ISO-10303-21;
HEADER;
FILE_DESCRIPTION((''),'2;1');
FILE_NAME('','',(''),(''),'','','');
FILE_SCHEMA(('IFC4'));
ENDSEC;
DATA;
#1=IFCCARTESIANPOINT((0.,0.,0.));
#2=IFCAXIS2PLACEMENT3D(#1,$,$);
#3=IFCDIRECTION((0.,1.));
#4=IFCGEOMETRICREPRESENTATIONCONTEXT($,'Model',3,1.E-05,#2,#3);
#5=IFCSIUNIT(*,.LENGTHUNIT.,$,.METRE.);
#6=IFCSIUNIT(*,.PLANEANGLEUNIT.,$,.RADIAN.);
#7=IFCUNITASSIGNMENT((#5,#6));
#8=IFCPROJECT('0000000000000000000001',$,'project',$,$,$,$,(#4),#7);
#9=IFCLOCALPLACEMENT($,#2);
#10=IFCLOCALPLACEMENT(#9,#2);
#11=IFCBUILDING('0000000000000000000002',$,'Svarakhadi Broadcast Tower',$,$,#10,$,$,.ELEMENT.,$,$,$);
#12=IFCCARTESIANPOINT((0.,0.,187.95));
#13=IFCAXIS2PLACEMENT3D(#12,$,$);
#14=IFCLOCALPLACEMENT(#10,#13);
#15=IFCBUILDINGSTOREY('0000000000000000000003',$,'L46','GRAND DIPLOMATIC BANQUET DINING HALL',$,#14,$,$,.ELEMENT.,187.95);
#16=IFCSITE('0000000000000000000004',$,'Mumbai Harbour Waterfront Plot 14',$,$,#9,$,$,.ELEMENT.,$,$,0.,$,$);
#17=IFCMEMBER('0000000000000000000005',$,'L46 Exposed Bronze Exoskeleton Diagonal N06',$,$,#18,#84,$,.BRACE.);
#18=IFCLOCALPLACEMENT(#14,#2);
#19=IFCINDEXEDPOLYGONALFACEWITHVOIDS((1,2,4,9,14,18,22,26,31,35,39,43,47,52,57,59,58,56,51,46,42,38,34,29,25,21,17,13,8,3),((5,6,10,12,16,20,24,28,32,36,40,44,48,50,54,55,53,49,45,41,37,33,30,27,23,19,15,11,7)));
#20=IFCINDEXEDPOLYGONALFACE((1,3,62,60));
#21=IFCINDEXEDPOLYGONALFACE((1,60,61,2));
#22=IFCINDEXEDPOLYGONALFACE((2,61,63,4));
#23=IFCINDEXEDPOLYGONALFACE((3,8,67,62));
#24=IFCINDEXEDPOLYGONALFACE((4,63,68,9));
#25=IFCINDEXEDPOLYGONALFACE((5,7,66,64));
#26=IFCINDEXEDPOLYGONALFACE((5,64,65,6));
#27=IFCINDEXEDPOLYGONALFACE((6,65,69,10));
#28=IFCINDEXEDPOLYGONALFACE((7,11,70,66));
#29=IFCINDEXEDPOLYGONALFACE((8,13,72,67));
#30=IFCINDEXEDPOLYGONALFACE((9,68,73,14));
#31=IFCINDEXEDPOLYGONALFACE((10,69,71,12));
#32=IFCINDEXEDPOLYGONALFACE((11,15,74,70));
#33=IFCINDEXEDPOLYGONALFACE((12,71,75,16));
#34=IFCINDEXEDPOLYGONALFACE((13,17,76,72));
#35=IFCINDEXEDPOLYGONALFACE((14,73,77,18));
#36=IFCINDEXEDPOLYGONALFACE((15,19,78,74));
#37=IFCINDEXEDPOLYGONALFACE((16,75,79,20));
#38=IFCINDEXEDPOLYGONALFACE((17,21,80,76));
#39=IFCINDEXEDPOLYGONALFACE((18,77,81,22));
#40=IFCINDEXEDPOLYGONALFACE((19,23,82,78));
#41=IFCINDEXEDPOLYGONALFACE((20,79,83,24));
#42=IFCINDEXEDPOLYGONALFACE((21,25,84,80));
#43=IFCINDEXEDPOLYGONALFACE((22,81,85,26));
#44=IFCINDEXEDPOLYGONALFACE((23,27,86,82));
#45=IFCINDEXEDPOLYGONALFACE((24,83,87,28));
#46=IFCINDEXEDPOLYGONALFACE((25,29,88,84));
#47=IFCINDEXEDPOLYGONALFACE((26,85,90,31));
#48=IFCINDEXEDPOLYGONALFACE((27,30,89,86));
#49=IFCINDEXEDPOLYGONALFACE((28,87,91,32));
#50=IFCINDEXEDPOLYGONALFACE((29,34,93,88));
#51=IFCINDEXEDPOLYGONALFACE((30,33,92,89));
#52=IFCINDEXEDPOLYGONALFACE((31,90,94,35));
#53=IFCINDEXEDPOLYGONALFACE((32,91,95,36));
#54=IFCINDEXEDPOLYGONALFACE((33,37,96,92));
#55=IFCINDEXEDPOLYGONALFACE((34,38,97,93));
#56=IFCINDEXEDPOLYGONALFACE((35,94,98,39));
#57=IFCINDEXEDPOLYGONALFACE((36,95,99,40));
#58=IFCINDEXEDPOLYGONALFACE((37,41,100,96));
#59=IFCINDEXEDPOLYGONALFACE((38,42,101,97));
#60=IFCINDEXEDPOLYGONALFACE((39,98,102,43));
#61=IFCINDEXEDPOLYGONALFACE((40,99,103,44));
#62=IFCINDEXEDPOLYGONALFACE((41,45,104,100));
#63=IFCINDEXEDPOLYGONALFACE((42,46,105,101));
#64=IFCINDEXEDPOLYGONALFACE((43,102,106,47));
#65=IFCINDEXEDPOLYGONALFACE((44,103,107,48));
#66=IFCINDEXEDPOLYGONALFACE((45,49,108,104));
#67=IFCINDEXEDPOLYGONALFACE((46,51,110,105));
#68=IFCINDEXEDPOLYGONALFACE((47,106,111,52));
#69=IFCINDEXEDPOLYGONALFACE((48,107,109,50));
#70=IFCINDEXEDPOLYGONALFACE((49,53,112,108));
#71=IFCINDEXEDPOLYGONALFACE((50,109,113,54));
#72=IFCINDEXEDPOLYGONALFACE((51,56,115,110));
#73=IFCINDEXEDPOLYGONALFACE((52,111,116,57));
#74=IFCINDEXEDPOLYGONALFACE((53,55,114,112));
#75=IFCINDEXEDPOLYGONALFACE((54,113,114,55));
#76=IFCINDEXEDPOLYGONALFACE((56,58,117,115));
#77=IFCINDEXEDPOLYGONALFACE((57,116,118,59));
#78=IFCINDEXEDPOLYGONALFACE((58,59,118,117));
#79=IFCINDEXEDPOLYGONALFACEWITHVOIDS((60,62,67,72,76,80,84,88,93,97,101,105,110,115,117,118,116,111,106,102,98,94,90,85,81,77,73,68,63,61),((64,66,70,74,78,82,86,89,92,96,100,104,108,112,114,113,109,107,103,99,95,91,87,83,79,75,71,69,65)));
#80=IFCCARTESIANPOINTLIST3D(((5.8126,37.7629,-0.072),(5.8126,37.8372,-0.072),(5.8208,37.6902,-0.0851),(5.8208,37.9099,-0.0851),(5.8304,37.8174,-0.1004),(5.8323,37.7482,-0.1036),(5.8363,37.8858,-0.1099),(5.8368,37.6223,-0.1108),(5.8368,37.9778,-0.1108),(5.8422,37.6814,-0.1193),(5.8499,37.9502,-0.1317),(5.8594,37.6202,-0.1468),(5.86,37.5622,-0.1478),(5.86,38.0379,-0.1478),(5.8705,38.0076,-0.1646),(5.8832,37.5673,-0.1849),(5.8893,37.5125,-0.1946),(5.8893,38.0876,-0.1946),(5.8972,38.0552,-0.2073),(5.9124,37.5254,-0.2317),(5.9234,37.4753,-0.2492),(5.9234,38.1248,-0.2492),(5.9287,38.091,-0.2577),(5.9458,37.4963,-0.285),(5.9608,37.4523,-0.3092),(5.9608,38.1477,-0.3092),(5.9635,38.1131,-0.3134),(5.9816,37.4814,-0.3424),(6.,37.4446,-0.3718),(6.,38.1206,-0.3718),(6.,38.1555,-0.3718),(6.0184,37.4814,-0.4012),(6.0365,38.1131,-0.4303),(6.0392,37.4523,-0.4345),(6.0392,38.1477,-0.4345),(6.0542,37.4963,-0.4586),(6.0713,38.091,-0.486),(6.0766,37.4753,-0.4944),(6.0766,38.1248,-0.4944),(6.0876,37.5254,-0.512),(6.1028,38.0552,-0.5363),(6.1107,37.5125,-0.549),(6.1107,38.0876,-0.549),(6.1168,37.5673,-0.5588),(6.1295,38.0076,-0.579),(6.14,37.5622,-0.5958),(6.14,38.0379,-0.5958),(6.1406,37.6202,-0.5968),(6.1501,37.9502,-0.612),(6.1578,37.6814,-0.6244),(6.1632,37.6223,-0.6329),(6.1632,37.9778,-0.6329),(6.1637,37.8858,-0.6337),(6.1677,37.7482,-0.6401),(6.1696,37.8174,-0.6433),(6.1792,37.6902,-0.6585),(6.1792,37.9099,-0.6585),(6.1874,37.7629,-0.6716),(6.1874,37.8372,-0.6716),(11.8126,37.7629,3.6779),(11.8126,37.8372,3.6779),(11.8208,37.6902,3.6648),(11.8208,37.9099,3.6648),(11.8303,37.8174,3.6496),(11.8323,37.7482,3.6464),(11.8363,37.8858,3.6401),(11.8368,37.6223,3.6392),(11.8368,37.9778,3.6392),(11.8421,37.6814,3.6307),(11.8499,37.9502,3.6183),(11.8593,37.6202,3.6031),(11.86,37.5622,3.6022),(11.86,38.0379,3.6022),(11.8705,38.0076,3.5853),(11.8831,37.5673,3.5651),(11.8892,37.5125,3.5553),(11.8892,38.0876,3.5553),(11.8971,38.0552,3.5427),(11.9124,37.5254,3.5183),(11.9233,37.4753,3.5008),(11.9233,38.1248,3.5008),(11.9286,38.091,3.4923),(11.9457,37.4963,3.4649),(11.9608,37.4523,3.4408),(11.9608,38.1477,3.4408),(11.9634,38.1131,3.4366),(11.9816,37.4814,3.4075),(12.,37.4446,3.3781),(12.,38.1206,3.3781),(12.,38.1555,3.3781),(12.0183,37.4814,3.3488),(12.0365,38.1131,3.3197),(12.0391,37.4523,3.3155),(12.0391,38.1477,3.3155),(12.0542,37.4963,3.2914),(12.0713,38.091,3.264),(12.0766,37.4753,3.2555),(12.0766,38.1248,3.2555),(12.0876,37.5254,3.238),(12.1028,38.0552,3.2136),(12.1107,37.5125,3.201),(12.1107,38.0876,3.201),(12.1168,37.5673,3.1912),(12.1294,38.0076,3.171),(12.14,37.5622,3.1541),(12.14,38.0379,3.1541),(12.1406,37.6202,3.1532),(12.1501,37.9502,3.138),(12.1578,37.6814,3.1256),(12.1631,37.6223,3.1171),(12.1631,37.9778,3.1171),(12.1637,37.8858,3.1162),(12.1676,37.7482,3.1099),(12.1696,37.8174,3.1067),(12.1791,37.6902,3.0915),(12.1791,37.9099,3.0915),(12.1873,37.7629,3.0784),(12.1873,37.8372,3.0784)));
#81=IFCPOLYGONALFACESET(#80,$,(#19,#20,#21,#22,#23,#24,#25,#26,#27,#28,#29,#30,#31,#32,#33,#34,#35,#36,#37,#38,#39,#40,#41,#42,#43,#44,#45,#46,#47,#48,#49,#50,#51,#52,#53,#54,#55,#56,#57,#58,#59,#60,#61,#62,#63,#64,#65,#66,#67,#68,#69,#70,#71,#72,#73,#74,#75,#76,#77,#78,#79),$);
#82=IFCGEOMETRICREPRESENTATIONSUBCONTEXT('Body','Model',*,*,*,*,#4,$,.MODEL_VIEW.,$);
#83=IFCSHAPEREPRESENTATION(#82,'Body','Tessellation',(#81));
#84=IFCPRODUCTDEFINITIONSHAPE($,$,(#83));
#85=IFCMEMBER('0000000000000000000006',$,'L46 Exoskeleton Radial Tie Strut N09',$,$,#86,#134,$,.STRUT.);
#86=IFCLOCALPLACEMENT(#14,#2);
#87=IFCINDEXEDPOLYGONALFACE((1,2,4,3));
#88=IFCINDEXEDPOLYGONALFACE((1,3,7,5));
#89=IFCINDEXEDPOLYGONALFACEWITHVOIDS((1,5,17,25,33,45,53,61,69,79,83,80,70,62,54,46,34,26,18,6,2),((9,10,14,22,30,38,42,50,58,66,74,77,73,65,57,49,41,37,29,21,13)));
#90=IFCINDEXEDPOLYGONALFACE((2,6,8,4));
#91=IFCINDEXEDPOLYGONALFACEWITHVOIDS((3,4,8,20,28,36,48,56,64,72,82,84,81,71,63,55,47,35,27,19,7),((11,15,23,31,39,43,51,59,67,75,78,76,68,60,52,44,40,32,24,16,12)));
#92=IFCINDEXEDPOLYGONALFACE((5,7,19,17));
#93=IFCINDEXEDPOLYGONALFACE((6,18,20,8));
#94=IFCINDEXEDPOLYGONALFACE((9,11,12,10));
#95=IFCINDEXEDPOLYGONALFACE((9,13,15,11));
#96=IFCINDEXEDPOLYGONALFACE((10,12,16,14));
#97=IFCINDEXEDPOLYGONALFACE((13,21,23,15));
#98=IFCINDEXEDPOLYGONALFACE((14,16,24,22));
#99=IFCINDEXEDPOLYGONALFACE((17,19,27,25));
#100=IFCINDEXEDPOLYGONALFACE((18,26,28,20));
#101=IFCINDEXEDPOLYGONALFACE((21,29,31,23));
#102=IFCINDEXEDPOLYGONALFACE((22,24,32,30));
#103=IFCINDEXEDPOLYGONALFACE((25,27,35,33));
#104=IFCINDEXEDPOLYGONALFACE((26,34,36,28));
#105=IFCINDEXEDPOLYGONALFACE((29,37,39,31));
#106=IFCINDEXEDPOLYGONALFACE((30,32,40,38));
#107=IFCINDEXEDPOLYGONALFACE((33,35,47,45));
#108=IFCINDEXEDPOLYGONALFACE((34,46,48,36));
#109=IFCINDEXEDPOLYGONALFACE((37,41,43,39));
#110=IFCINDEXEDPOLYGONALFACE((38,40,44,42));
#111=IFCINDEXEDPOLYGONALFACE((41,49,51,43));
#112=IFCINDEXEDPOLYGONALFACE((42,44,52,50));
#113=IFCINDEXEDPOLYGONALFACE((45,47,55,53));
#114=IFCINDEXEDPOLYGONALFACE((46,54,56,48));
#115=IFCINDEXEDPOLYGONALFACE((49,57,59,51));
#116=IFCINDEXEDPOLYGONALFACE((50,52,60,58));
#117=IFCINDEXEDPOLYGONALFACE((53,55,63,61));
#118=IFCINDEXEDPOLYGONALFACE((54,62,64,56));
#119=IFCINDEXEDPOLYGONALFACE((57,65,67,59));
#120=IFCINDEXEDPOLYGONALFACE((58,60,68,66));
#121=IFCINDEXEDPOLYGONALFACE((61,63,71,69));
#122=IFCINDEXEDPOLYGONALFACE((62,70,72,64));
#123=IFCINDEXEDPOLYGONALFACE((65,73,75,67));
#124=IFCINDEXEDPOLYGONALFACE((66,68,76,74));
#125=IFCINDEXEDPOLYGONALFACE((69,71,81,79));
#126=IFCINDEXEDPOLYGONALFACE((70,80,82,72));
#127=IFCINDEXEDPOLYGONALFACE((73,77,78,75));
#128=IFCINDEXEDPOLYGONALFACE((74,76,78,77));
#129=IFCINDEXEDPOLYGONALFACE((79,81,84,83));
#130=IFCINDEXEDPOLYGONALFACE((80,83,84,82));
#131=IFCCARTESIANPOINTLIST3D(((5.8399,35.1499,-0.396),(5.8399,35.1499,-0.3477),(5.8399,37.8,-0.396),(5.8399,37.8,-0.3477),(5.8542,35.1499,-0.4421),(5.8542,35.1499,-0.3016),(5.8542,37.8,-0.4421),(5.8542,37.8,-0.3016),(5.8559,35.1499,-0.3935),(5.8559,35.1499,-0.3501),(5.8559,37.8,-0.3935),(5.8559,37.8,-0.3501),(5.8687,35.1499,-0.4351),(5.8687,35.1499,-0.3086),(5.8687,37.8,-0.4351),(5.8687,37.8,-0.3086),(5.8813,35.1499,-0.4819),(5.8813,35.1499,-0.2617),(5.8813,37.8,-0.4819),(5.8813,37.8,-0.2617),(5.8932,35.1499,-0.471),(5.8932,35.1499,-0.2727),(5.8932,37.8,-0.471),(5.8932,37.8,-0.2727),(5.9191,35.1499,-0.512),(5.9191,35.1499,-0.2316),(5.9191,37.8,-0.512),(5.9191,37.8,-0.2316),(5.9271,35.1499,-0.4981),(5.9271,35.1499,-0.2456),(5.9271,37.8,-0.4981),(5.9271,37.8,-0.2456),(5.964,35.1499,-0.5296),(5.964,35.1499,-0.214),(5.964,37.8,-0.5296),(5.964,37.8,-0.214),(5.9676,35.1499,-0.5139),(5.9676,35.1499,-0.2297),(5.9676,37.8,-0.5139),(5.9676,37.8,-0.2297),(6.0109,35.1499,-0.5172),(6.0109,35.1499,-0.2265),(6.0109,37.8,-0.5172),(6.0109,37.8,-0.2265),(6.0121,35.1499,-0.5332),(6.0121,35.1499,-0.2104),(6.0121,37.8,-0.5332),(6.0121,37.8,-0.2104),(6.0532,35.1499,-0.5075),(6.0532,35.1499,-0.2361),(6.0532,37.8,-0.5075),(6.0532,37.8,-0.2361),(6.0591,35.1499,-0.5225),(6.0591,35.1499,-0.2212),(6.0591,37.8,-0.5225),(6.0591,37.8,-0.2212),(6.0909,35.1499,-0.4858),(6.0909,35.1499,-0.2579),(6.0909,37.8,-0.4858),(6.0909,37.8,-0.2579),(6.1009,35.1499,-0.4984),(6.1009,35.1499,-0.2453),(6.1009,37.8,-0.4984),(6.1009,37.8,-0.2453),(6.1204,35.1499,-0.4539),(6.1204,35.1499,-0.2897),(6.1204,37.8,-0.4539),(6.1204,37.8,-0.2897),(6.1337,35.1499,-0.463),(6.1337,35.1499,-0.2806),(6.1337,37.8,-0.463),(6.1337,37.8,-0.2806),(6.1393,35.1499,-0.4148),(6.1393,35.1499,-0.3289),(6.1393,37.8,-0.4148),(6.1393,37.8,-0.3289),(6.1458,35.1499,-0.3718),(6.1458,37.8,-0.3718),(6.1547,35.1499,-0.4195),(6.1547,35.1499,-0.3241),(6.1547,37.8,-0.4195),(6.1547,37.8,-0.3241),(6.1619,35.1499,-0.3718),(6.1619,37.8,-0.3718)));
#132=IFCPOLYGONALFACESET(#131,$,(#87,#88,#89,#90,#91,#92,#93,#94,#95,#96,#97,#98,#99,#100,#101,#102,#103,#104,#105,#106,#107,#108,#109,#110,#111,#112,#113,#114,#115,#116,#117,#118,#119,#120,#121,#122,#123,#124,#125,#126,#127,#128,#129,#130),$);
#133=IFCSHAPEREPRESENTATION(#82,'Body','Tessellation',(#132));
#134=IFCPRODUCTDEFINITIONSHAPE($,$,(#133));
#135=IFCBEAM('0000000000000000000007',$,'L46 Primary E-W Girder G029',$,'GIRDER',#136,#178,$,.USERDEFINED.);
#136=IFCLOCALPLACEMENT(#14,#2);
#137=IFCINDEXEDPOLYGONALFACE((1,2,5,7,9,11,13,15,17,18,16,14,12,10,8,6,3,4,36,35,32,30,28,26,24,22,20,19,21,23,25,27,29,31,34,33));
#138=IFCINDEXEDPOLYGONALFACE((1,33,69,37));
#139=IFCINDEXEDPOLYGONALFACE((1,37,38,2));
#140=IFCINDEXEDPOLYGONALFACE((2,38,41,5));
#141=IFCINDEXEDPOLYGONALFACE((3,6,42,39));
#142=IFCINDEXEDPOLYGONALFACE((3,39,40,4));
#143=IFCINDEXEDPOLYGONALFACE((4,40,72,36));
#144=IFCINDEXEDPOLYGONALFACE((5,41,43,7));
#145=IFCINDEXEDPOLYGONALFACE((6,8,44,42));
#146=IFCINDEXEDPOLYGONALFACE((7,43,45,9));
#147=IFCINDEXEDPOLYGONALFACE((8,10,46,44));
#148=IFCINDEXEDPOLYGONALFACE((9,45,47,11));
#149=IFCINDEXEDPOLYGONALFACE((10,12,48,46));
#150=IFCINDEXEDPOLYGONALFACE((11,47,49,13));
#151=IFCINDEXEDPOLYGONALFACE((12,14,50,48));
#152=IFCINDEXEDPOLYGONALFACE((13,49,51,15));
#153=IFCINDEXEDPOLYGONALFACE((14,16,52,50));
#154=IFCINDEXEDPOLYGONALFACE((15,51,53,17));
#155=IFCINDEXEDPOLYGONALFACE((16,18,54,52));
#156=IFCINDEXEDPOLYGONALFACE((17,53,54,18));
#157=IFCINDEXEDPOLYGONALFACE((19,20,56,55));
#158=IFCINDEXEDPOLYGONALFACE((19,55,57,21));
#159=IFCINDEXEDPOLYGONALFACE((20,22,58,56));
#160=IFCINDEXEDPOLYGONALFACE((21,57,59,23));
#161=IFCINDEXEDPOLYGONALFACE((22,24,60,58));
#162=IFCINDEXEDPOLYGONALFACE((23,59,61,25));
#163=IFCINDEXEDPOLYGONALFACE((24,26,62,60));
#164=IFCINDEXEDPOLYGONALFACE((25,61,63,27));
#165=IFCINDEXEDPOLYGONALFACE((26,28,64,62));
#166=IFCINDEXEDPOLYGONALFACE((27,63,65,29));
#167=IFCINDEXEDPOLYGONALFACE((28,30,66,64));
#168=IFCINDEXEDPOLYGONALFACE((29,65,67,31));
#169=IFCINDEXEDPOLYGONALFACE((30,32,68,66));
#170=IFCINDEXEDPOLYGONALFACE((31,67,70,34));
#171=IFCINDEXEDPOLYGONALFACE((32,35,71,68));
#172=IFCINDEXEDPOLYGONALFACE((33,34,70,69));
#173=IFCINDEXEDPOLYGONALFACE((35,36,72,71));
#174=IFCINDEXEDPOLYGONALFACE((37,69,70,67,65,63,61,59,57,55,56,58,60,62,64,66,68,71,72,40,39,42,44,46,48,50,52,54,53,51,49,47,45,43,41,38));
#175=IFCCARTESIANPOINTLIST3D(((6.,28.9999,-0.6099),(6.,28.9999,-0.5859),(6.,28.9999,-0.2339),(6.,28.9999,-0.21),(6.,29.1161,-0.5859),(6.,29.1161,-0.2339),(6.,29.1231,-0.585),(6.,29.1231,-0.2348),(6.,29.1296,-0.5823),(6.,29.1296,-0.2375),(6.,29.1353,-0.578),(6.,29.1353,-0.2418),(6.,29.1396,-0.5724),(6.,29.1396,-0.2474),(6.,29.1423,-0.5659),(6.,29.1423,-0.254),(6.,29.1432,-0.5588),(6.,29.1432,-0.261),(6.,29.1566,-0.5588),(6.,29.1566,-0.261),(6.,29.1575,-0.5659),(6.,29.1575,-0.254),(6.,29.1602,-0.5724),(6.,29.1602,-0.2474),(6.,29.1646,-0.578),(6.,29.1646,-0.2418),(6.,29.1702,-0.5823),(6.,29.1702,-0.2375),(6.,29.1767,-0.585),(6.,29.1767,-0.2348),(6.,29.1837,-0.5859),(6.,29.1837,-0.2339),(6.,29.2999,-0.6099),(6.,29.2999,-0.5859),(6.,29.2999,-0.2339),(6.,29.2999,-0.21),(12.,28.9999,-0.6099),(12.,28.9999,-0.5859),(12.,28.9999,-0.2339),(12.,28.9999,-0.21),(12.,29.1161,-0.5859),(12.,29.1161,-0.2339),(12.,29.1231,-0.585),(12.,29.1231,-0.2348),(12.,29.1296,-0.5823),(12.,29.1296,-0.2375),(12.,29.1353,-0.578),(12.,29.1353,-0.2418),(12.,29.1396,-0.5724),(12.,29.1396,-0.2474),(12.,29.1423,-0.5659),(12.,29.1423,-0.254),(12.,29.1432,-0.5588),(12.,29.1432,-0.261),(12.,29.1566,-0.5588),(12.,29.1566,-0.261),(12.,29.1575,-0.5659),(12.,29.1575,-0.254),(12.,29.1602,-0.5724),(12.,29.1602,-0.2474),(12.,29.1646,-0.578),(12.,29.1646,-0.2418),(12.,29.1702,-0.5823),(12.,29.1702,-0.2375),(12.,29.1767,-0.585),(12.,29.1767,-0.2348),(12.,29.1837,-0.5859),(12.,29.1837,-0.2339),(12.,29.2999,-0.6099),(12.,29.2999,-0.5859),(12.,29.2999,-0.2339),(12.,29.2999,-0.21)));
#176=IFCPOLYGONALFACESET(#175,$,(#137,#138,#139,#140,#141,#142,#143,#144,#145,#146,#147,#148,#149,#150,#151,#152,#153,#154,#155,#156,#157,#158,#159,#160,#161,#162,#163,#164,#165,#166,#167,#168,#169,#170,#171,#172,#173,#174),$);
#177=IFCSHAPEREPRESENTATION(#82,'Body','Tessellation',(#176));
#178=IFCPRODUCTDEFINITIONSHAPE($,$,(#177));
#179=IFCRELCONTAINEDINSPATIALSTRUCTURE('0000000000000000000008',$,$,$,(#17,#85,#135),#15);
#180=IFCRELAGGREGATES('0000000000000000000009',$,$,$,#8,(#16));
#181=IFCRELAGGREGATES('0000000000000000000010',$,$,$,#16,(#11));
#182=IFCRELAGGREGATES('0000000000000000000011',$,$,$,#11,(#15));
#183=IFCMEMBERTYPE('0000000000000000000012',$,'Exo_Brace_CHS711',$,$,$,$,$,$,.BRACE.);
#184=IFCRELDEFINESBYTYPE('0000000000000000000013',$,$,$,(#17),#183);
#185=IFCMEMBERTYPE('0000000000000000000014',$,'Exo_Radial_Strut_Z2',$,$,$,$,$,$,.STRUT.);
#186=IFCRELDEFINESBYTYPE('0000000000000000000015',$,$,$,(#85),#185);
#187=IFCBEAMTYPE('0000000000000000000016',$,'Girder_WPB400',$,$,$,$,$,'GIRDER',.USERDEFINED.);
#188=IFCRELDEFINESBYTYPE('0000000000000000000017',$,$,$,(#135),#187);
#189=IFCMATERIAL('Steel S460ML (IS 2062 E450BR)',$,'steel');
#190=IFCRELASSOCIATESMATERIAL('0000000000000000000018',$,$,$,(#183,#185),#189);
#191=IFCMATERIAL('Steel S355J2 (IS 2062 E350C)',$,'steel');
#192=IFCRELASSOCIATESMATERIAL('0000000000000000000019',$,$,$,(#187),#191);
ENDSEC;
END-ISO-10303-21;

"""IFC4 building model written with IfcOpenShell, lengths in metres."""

from ifc_helpers import new_model, si_unit, direction, frame, origin, origin_2d, place, context, subcontext, project, spatial, hollow_circle, i_section, extrude, material, material_profile, profile_set, type_object, element, save


model = new_model("IFC4")

# Units and contexts
model_context = context("Model", 3, precision=1e-05, world=origin(), true_north=direction((0.0, 1.0)))
body_context = subcontext(model_context, "Body", "Model", "MODEL_VIEW")
ifc_project = project(units=[si_unit("LENGTHUNIT", "METRE"), si_unit("PLANEANGLEUNIT", "RADIAN")], contexts=[model_context])

# Site, building, storey
site_placement = place(None, origin())
site = spatial("IfcSite", under=ifc_project, at=site_placement, Name="Mumbai Harbour Waterfront Plot 14", CompositionType="ELEMENT", RefElevation=0.0)
building_placement = place(site_placement, origin())
building = spatial("IfcBuilding", under=site, at=building_placement, Name="Svarakhadi Broadcast Tower", CompositionType="ELEMENT")
storey_placement = place(building_placement, frame((0.0, 0.0, 187.95)))
storey = spatial("IfcBuildingStorey", under=building, at=storey_placement, Name="L46", Description="GRAND DIPLOMATIC BANQUET DINING HALL", CompositionType="ELEMENT", Elevation=187.95)

# Shared definitions
ifc_material_1 = material(Name="Steel S460ML (IS 2062 E450BR)", Category="steel")

# Shared definitions
ifc_material_2 = material(Name="Steel S355J2 (IS 2062 E350C)", Category="steel")

# Members
ifc_material_profile_1 = material_profile(ifc_material_1, hollow_circle(Radius=0.3555, WallThickness=0.0349, at=origin_2d()), Name="CHS 711x35")
ifc_profile_set_1 = profile_set([ifc_material_profile_1], Name="Steel S460ML (IS 2062 E450BR)")
member_type_1 = type_object("IfcMemberType", Name="Exo_Brace_CHS711", PredefinedType="BRACE", material=ifc_profile_set_1)
member_1_placement = place(storey_placement, frame((6.0, 37.8, -0.3718), z_axis=(0.847998, 0.0, 0.529999), x_axis=(0.0, 1.0, 0.0)))
element("IfcMember", 1, at=member_1_placement, inside=storey, type_object=member_type_1, Name="L46 Exposed Bronze Exoskeleton Diagonal N06", PredefinedType="BRACE", context=body_context, shape_type="SweptSolid", body=[
    extrude(hollow_circle(Radius=0.3555, WallThickness=0.0349, at=origin_2d()), origin(), (0.0, 0.0, 1.0), 7.0754),
])
ifc_material_profile_2 = material_profile(ifc_material_1, hollow_circle(Radius=0.1619, WallThickness=0.0161, at=origin_2d()), Name="CHS 323.9x16")
ifc_profile_set_2 = profile_set([ifc_material_profile_2], Name="Steel S460ML (IS 2062 E450BR)")
member_type_2 = type_object("IfcMemberType", Name="Exo_Radial_Strut_Z2", PredefinedType="STRUT", material=ifc_profile_set_2)
member_2_placement = place(storey_placement, frame((6.0, 37.8, -0.3718), z_axis=(0.0, -1.0, 0.0), x_axis=(1.0, 0.0, 0.0)))
element("IfcMember", 2, at=member_2_placement, inside=storey, type_object=member_type_2, Name="L46 Exoskeleton Radial Tie Strut N09", PredefinedType="STRUT", context=body_context, shape_type="SweptSolid", body=[
    extrude(hollow_circle(Radius=0.1619, WallThickness=0.0161, at=origin_2d()), origin(), (0.0, 0.0, 1.0), 2.6501),
])

# Beam
ifc_material_profile_3 = material_profile(ifc_material_2, i_section(OverallWidth=0.3, OverallDepth=0.3999, WebThickness=0.0134, FlangeThickness=0.0239, FilletRadius=0.0271, at=origin_2d()), Name="WPB 400x300x155")
ifc_profile_set_3 = profile_set([ifc_material_profile_3], Name="Steel S355J2 (IS 2062 E350C)")
beam_type_1 = type_object("IfcBeamType", Name="Girder_WPB400", ElementType="GIRDER", PredefinedType="USERDEFINED", material=ifc_profile_set_3)
for number, where, z_axis, x_axis, name in (
    (3, (6.0, 29.1499, -0.4099), (1.0, 0.0, 0.0), (0.0, 1.0, 0.0), "L46 Primary E-W Girder G029"),
):
    element("IfcBeam", number, at=place(storey_placement, frame(where, z_axis=z_axis, x_axis=x_axis)), inside=storey, type_object=beam_type_1, Name=name, ObjectType="GIRDER", PredefinedType="USERDEFINED", context=body_context, shape_type="SweptSolid", body=[
        extrude(i_section(OverallWidth=0.3, OverallDepth=0.3999, WebThickness=0.0134, FlangeThickness=0.0239, FilletRadius=0.0271, at=origin_2d()), origin(), (0.0, 0.0, 1.0), 6.0),
    ])

save(model, "model.ifc")
